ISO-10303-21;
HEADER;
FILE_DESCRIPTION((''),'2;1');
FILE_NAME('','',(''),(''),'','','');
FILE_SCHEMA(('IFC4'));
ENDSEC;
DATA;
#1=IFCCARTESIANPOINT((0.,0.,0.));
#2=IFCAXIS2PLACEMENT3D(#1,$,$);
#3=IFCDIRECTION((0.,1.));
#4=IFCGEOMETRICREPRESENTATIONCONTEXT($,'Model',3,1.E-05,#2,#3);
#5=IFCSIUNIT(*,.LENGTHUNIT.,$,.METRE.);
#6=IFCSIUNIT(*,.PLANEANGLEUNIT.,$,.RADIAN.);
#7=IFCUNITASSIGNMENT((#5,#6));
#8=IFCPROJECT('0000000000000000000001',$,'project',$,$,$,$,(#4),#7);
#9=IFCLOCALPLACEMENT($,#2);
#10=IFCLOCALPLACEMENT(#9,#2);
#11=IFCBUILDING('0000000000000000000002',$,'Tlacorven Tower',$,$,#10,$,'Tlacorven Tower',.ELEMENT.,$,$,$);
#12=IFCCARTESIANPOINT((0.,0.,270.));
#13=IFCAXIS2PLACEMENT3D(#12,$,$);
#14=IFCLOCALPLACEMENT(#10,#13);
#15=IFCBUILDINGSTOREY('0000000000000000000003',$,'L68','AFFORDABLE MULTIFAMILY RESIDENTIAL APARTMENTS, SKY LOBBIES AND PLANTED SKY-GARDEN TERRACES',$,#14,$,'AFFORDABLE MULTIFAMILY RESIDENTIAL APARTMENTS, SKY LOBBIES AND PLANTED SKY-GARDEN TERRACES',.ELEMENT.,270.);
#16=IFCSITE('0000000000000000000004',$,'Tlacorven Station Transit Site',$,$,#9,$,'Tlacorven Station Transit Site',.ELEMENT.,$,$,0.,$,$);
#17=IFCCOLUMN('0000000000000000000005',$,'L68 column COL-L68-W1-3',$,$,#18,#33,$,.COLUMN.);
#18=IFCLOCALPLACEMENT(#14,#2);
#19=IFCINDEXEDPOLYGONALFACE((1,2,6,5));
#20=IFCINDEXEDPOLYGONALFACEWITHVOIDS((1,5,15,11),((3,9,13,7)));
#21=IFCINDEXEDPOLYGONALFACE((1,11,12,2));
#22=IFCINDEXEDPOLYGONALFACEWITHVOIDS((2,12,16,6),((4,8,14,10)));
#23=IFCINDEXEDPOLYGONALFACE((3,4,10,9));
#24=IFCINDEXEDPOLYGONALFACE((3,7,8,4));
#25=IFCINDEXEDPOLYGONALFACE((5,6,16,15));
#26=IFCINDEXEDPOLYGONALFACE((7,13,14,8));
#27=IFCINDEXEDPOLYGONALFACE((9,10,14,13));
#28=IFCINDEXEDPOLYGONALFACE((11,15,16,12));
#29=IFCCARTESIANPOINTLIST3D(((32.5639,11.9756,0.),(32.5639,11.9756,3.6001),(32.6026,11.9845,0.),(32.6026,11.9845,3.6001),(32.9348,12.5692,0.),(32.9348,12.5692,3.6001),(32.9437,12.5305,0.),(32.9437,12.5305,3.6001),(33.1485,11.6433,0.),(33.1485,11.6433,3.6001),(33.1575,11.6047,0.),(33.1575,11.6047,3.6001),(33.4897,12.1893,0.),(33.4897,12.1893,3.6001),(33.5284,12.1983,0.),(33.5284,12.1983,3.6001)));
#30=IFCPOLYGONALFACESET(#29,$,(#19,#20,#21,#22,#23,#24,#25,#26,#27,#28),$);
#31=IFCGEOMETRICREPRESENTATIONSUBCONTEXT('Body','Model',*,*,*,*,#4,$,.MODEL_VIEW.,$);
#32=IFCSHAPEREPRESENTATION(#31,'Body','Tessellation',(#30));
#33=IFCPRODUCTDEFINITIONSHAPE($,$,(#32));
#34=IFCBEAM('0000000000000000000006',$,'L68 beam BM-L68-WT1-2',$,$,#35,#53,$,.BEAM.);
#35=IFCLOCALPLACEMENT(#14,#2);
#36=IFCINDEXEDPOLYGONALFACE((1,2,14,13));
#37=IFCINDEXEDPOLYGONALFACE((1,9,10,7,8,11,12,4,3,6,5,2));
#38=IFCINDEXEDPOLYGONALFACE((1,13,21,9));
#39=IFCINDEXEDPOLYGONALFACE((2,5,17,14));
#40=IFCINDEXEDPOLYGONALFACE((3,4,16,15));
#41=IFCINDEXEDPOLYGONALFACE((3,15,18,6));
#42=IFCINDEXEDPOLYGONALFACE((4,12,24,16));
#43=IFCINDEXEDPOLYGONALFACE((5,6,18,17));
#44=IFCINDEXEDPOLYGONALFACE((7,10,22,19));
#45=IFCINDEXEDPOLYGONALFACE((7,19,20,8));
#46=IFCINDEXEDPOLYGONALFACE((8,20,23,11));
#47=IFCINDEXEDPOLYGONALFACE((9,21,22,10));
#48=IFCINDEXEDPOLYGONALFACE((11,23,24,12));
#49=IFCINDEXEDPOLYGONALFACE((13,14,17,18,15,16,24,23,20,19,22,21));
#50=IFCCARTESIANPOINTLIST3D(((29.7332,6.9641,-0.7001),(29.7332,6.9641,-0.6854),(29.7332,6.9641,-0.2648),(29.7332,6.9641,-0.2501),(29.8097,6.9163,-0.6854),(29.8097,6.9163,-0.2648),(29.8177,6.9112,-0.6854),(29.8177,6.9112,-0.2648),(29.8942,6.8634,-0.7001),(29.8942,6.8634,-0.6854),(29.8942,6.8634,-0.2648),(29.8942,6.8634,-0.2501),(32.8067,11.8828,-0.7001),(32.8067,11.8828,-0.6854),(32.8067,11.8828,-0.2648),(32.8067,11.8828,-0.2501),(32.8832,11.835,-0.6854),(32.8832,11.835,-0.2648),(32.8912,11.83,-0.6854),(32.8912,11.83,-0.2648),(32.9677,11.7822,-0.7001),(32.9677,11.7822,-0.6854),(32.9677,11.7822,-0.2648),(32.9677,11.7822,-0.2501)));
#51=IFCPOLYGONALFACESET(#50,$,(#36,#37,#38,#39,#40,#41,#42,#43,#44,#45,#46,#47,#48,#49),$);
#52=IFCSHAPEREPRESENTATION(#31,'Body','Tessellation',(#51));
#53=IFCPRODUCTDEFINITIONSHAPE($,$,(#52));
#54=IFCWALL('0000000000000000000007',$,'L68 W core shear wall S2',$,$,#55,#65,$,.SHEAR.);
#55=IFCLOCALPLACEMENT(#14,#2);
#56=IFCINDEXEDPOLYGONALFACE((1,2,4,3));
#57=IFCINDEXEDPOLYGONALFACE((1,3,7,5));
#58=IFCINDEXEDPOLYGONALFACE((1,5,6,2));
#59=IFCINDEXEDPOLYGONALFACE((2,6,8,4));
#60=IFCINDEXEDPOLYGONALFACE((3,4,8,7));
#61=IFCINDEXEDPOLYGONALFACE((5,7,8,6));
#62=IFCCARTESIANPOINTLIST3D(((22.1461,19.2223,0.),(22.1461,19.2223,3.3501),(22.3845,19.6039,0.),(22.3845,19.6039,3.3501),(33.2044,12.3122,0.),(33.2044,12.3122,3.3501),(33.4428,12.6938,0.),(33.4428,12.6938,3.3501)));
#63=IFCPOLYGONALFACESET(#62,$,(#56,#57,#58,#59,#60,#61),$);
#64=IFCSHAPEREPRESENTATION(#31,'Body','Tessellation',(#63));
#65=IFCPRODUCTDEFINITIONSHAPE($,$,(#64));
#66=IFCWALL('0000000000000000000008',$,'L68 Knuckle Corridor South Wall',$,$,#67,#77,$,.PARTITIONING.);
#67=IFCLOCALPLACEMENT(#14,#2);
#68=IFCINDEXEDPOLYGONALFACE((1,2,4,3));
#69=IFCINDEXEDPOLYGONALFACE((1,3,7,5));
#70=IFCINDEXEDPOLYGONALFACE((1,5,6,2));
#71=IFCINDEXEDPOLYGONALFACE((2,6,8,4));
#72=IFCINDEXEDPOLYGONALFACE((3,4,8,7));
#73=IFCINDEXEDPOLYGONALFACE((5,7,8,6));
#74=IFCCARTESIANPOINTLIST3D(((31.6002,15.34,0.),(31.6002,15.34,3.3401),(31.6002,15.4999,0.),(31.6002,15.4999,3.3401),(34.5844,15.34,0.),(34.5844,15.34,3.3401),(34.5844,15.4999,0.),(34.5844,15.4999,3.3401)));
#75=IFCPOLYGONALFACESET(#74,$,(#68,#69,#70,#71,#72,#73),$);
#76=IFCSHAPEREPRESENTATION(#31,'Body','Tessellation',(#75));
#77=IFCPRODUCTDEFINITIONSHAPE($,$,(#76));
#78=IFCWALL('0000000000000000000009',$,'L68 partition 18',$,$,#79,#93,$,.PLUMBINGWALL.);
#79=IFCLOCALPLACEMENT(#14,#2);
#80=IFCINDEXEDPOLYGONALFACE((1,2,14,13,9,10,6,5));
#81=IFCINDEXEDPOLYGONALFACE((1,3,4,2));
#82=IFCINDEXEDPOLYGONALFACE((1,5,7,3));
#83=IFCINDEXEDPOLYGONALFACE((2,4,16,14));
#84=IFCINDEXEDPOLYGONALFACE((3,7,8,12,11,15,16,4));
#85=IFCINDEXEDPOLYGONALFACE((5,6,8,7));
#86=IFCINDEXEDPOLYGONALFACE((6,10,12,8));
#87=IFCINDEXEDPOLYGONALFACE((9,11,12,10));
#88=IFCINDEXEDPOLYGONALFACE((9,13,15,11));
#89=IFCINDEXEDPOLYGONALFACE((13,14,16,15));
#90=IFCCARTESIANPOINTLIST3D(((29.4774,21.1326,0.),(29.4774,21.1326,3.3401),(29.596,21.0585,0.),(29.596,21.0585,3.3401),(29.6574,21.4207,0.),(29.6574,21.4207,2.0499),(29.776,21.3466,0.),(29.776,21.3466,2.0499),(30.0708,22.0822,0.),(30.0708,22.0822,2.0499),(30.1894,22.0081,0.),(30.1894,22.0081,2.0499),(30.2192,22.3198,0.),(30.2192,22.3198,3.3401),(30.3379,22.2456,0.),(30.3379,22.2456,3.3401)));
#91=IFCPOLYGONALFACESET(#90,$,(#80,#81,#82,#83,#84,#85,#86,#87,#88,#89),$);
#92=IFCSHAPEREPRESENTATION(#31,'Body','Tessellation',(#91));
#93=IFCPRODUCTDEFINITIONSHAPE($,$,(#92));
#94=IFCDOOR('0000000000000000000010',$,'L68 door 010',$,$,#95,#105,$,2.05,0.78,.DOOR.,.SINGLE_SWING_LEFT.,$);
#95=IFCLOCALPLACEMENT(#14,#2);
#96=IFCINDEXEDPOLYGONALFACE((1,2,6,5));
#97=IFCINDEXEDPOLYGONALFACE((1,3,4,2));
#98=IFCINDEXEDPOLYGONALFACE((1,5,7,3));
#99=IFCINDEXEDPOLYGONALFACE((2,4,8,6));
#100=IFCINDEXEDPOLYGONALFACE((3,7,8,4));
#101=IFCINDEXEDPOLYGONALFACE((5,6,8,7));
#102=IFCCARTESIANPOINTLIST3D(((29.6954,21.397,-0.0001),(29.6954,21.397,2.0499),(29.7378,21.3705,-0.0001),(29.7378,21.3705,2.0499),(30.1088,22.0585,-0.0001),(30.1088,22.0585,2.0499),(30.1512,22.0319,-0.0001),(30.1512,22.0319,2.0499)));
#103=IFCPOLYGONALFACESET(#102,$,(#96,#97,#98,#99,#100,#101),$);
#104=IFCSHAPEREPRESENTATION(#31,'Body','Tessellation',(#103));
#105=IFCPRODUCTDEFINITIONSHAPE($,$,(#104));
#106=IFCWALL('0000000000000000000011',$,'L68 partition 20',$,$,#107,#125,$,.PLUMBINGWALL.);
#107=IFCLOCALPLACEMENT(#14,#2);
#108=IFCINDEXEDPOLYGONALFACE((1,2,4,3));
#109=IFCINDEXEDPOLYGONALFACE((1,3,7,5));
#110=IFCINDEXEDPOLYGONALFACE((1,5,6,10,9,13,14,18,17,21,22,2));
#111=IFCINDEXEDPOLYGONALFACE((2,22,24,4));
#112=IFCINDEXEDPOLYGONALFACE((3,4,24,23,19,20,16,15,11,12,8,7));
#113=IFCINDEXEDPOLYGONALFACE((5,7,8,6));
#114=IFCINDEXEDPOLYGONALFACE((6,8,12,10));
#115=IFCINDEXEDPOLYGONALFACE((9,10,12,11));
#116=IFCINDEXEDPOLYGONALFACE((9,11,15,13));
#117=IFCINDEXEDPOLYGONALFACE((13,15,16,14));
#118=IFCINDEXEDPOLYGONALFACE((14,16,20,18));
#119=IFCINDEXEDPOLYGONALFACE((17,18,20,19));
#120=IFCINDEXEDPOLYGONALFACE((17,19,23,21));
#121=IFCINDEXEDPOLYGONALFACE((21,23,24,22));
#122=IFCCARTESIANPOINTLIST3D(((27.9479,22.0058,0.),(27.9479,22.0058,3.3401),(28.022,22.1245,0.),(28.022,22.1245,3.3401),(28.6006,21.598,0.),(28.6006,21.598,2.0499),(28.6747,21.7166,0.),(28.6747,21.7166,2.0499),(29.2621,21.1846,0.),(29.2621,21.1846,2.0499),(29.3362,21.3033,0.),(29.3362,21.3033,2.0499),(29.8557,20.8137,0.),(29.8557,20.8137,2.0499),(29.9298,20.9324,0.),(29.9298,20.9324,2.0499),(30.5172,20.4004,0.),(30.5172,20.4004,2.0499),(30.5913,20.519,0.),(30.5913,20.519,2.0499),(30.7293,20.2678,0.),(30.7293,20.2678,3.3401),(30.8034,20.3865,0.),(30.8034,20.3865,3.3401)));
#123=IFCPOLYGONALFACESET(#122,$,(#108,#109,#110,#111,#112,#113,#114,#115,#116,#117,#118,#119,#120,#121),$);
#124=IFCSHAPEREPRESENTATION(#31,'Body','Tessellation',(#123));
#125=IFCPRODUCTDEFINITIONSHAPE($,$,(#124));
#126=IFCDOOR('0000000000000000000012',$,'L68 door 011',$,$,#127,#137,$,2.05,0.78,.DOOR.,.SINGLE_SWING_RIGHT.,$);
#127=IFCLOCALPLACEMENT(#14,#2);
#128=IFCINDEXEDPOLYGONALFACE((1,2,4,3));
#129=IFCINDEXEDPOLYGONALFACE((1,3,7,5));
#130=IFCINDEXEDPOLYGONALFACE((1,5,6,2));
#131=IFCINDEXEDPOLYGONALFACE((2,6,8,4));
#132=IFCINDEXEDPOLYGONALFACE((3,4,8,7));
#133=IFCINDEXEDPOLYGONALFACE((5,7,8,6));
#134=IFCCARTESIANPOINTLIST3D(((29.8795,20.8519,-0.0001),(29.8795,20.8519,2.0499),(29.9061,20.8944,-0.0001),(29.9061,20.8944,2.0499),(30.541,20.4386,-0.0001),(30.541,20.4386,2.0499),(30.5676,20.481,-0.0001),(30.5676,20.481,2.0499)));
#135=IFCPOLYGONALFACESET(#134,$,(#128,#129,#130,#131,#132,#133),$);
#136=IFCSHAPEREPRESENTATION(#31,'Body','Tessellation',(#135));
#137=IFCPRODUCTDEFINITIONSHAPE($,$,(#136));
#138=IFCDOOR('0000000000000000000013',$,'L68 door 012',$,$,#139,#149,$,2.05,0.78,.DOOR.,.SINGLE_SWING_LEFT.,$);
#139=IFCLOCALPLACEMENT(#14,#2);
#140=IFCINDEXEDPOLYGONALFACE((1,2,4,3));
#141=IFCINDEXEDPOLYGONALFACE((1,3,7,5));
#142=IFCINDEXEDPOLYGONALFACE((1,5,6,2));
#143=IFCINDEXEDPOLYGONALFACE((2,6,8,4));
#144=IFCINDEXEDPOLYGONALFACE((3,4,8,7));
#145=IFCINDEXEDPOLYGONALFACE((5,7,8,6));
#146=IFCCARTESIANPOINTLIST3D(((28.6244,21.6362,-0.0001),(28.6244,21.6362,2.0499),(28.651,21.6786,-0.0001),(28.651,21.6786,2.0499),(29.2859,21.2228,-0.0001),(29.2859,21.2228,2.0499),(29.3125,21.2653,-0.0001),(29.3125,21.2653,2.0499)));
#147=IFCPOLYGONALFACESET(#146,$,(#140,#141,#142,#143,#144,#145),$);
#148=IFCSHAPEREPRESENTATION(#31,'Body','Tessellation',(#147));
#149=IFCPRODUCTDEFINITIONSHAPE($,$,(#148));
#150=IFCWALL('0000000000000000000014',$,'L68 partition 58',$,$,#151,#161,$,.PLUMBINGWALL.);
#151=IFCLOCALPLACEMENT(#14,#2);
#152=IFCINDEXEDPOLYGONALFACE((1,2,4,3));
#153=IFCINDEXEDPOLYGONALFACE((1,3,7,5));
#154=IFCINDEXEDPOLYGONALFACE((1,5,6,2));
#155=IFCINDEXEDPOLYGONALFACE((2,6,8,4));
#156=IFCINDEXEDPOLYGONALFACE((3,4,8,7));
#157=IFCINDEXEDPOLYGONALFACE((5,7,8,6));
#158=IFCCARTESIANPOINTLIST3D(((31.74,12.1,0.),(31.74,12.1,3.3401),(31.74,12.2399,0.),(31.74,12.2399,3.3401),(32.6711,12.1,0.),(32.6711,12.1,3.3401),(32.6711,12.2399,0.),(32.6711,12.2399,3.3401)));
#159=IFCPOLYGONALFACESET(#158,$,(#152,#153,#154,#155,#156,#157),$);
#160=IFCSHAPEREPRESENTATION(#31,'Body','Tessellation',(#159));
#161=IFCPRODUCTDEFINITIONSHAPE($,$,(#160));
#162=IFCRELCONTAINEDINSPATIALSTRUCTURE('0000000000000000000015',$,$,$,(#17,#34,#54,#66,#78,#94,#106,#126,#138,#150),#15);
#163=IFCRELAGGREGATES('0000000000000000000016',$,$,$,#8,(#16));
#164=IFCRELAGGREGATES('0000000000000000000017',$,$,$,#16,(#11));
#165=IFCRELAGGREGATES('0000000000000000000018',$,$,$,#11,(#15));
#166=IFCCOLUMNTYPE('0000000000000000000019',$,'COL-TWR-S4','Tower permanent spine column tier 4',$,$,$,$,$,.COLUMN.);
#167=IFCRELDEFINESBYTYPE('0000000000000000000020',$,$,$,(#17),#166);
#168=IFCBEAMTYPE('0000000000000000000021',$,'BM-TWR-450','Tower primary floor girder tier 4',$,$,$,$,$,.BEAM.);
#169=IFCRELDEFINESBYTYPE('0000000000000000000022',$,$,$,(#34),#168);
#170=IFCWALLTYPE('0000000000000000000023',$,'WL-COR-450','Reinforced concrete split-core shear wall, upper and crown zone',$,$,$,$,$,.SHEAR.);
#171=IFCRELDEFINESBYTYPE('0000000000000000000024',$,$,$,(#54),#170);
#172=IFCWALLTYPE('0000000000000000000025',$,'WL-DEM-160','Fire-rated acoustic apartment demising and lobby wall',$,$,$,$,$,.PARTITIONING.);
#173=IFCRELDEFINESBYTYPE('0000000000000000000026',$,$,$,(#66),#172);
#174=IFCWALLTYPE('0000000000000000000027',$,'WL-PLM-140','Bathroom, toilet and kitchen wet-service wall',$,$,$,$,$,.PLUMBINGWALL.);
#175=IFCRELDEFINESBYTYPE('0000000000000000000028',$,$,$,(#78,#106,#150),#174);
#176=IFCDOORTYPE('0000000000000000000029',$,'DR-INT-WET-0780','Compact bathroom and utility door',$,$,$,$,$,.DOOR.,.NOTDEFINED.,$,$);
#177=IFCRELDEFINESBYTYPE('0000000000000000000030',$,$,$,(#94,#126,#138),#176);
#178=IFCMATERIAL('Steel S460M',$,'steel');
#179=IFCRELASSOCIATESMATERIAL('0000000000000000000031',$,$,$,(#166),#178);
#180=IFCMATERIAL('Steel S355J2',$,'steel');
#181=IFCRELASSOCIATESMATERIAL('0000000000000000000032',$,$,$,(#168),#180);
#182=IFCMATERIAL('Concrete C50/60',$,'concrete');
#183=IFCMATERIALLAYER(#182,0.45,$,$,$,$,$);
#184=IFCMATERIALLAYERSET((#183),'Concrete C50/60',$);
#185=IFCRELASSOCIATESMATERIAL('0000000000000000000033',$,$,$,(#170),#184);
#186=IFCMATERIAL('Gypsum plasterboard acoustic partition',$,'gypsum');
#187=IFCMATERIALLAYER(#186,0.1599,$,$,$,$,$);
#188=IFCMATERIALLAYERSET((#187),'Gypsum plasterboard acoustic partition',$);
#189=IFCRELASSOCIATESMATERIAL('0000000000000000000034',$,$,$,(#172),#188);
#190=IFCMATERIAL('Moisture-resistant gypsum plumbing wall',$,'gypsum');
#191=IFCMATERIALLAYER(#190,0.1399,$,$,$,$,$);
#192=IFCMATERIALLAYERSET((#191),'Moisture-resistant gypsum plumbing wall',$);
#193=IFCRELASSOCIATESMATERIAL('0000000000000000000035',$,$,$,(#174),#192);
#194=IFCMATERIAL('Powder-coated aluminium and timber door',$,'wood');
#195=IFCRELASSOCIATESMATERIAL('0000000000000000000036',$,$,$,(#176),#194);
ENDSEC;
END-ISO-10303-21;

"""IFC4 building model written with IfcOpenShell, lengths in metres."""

from ifc_helpers import new_model, si_unit, direction, frame, frame_2d, origin, origin_2d, place, context, subcontext, project, spatial, rectangle, hollow_rectangle, i_section, extrude, source, transform, mapped, material, layer, layer_set, material_profile, profile_set, type_object, element, fill, save


model = new_model("IFC4")

# Units and contexts
model_context = context("Model", 3, precision=1e-05, world=origin(), true_north=direction((0.0, 1.0)))
body_context = subcontext(model_context, "Body", "Model", "MODEL_VIEW")
ifc_project = project(units=[si_unit("LENGTHUNIT", "METRE"), si_unit("PLANEANGLEUNIT", "RADIAN")], contexts=[model_context])

# Site, building, storey
site_placement = place(None, origin())
site = spatial("IfcSite", under=ifc_project, at=site_placement, Name="Tlacorven Station Transit Site", LongName="Tlacorven Station Transit Site", CompositionType="ELEMENT", RefElevation=0.0)
building_placement = place(site_placement, origin())
building = spatial("IfcBuilding", under=site, at=building_placement, Name="Tlacorven Tower", LongName="Tlacorven Tower", CompositionType="ELEMENT")
storey_placement = place(building_placement, frame((0.0, 0.0, 270.0)))
storey = spatial("IfcBuildingStorey", under=building, at=storey_placement, Name="L68", Description="AFFORDABLE MULTIFAMILY RESIDENTIAL APARTMENTS, SKY LOBBIES AND PLANTED SKY-GARDEN TERRACES", LongName="AFFORDABLE MULTIFAMILY RESIDENTIAL APARTMENTS, SKY LOBBIES AND PLANTED SKY-GARDEN TERRACES", CompositionType="ELEMENT", Elevation=270.0)

# Column
ifc_material_1 = material(Name="Steel S460M", Category="steel")
ifc_material_profile_1 = material_profile(ifc_material_1, hollow_rectangle(XDim=0.7, YDim=0.7, WallThickness=0.0281, at=origin_2d()), Name="BOX 700X700X28")
ifc_profile_set_1 = profile_set([ifc_material_profile_1], Name="Steel S460M")
column_type = type_object("IfcColumnType", Name="COL-TWR-S4", Description="Tower permanent spine column tier 4", PredefinedType="COLUMN", material=ifc_profile_set_1)
shared_shape_1 = source(origin(), body_context, "Body", "SweptSolid", [
    extrude(hollow_rectangle(XDim=0.7, YDim=0.7, WallThickness=0.0281, at=origin_2d()), origin(), (0.0, 0.0, 1.0), 3.6001),
])
column_placement = place(storey_placement, frame((33.0461, 12.0869, 0.0), z_axis=(0.0, 0.0, 1.0), x_axis=(-0.848048, 0.529919, 0.0)))
element("IfcColumn", 1, at=column_placement, inside=storey, type_object=column_type, Name="L68 column COL-L68-W1-3", PredefinedType="COLUMN", context=body_context, shape_type="MappedRepresentation", body=[
    mapped(shared_shape_1, transform((0.0, 0.0, 0.0), scale=1.0)),
])

# Beam
ifc_material_2 = material(Name="Steel S355J2", Category="steel")
ifc_material_profile_2 = material_profile(ifc_material_2, i_section(OverallWidth=0.1899, OverallDepth=0.45, WebThickness=0.0095, FlangeThickness=0.0146, at=origin_2d()), Name="IPE 450")
ifc_profile_set_2 = profile_set([ifc_material_profile_2], Name="Steel S355J2")
beam_type = type_object("IfcBeamType", Name="BM-TWR-450", Description="Tower primary floor girder tier 4", PredefinedType="BEAM", material=ifc_profile_set_2)
shared_shape_2 = source(origin(), body_context, "Body", "SweptSolid", [
    extrude(i_section(OverallWidth=0.1899, OverallDepth=0.45, WebThickness=0.0095, FlangeThickness=0.0146, at=origin_2d()), origin(), (0.0, 0.0, 1.0), 5.8),
])
beam_placement = place(storey_placement, frame((32.8872, 11.8325, -0.4751), z_axis=(-0.529912, -0.848053, 0.0), x_axis=(0.848053, -0.529912, 0.0)))
element("IfcBeam", 2, at=beam_placement, inside=storey, type_object=beam_type, Name="L68 beam BM-L68-WT1-2", PredefinedType="BEAM", context=body_context, shape_type="MappedRepresentation", body=[
    mapped(shared_shape_2, transform((0.0, 0.0, 0.0), scale=1.0)),
])

# Walls
ifc_material_3 = material(Name="Concrete C50/60", Category="concrete")
ifc_layer_1 = layer(ifc_material_3, 0.45)
ifc_layer_set_1 = layer_set([ifc_layer_1], Name="Concrete C50/60")
wall_type_1 = type_object("IfcWallType", Name="WL-COR-450", Description="Reinforced concrete split-core shear wall, upper and crown zone", PredefinedType="SHEAR", material=ifc_layer_set_1)
wall_1_placement = place(storey_placement, frame((33.3237, 12.5029, 0.0), z_axis=(0.0, 0.0, 1.0), x_axis=(-0.848044, 0.529927, 0.0)))
element("IfcWall", 3, at=wall_1_placement, inside=storey, type_object=wall_type_1, Name="L68 W core shear wall S2", PredefinedType="SHEAR", context=body_context, shape_type="SweptSolid", body=[
    extrude(rectangle(XDim=13.0398, YDim=0.45, at=frame_2d((6.52, 0.0))), origin(), (0.0, 0.0, 1.0), 3.3501),
])
ifc_material_4 = material(Name="Gypsum plasterboard acoustic partition", Category="gypsum")
ifc_layer_2 = layer(ifc_material_4, 0.1599)
ifc_layer_set_2 = layer_set([ifc_layer_2], Name="Gypsum plasterboard acoustic partition")
wall_type_2 = type_object("IfcWallType", Name="WL-DEM-160", Description="Fire-rated acoustic apartment demising and lobby wall", PredefinedType="PARTITIONING", material=ifc_layer_set_2)
wall_2_placement = place(storey_placement, frame((31.6001, 15.4199, 0.0), z_axis=(0.0, 0.0, 1.0), x_axis=(1.0, 0.0, 0.0)))
element("IfcWall", 4, at=wall_2_placement, inside=storey, type_object=wall_type_2, Name="L68 Knuckle Corridor South Wall", PredefinedType="PARTITIONING", context=body_context, shape_type="SweptSolid", body=[
    extrude(rectangle(XDim=2.9841, YDim=0.1599, at=frame_2d((1.4922, 0.0))), origin(), (0.0, 0.0, 1.0), 3.3401),
])

# Wall, opening, door
ifc_material_5 = material(Name="Moisture-resistant gypsum plumbing wall", Category="gypsum")
ifc_layer_3 = layer(ifc_material_5, 0.1399)
ifc_layer_set_3 = layer_set([ifc_layer_3], Name="Moisture-resistant gypsum plumbing wall")
wall_type_3 = type_object("IfcWallType", Name="WL-PLM-140", Description="Bathroom, toilet and kitchen wet-service wall", PredefinedType="PLUMBINGWALL", material=ifc_layer_set_3)
wall_3_placement = place(storey_placement, frame((30.2786, 22.2827, 0.0), z_axis=(0.0, 0.0, 1.0), x_axis=(-0.529952, -0.848028, 0.0)))
wall_3 = element("IfcWall", 5, at=wall_3_placement, inside=storey, type_object=wall_type_3, Name="L68 partition 18", PredefinedType="PLUMBINGWALL", context=body_context, shape_type="SweptSolid", body=[
    extrude(rectangle(XDim=1.3999, YDim=0.1399, at=frame_2d((0.7, 0.0))), origin(), (0.0, 0.0, 1.0), 3.3401),
])
opening_1_placement = place(wall_3_placement, frame((0.28, 0.0, 0.0)))
opening_1 = element("IfcOpeningElement", 6, at=opening_1_placement, cuts=wall_3, PredefinedType="OPENING", context=body_context, shape_type="SweptSolid", body=[
    extrude(rectangle(XDim=0.78, YDim=2.05, at=frame_2d((0.3901, 1.0249))), frame((0.0, 0.0801, 0.0), z_axis=(0.0, -1.0, 0.0), x_axis=(1.0, 0.0, 0.0)), (0.0, 0.0, 1.0), 0.1599),
])
ifc_material_6 = material(Name="Powder-coated aluminium and timber door", Category="wood")
door_type_1 = type_object("IfcDoorType", Name="DR-INT-WET-0780", Description="Compact bathroom and utility door", OperationType="NOTDEFINED", PredefinedType="DOOR", material=ifc_material_6)
shared_shape_3 = source(origin(), body_context, "Body", "SweptSolid", [
    extrude(rectangle(XDim=0.78, YDim=2.05, at=frame_2d((0.3901, 1.0249))), frame((0.0, 0.0249, 0.0), z_axis=(0.0, -1.0, 0.0), x_axis=(1.0, 0.0, 0.0)), (0.0, 0.0, 1.0), 0.05),
])
door_1_placement = place(opening_1_placement, origin())
door_1 = element("IfcDoor", 7, at=door_1_placement, inside=storey, type_object=door_type_1, Name="L68 door 010", OperationType="SINGLE_SWING_LEFT", OverallHeight=2.05, OverallWidth=0.78, PredefinedType="DOOR", context=body_context, shape_type="MappedRepresentation", body=[
    mapped(shared_shape_3, transform((0.0, 0.0, 0.0), scale=1.0)),
])
fill(opening_1, door_1)

# Wall, openings, doors
wall_4_placement = place(storey_placement, frame((30.7664, 20.3271, 0.0), z_axis=(0.0, 0.0, 1.0), x_axis=(-0.848053, 0.529912, 0.0)))
wall_4 = element("IfcWall", 8, at=wall_4_placement, inside=storey, type_object=wall_type_3, Name="L68 partition 20", PredefinedType="PLUMBINGWALL", context=body_context, shape_type="SweptSolid", body=[
    extrude(rectangle(XDim=3.2798, YDim=0.1399, at=frame_2d((1.6399, 0.0))), origin(), (0.0, 0.0, 1.0), 3.3401),
])
opening_2_placement = place(wall_4_placement, frame((0.25, 0.0, 0.0)))
opening_2 = element("IfcOpeningElement", 9, at=opening_2_placement, cuts=wall_4, PredefinedType="OPENING", context=body_context, shape_type="SweptSolid", body=[
    extrude(rectangle(XDim=0.78, YDim=2.05, at=frame_2d((0.3901, 1.0249))), frame((0.0, 0.0801, 0.0), z_axis=(0.0, -1.0, 0.0), x_axis=(1.0, 0.0, 0.0)), (0.0, 0.0, 1.0), 0.1599),
])
opening_3_placement = place(wall_4_placement, frame((1.73, 0.0, 0.0)))
opening_3 = element("IfcOpeningElement", 10, at=opening_3_placement, cuts=wall_4, PredefinedType="OPENING", context=body_context, shape_type="SweptSolid", body=[
    extrude(rectangle(XDim=0.78, YDim=2.05, at=frame_2d((0.3901, 1.0249))), frame((0.0, 0.0801, 0.0), z_axis=(0.0, -1.0, 0.0), x_axis=(1.0, 0.0, 0.0)), (0.0, 0.0, 1.0), 0.1599),
])
door_2_placement = place(opening_2_placement, origin())
door_2 = element("IfcDoor", 11, at=door_2_placement, inside=storey, type_object=door_type_1, Name="L68 door 011", OperationType="SINGLE_SWING_RIGHT", OverallHeight=2.05, OverallWidth=0.78, PredefinedType="DOOR", context=body_context, shape_type="MappedRepresentation", body=[
    mapped(shared_shape_3, transform((0.0, 0.0, 0.0), scale=1.0)),
])
fill(opening_2, door_2)
door_3_placement = place(opening_3_placement, origin())
door_3 = element("IfcDoor", 12, at=door_3_placement, inside=storey, type_object=door_type_1, Name="L68 door 012", OperationType="SINGLE_SWING_LEFT", OverallHeight=2.05, OverallWidth=0.78, PredefinedType="DOOR", context=body_context, shape_type="MappedRepresentation", body=[
    mapped(shared_shape_3, transform((0.0, 0.0, 0.0), scale=1.0)),
])
fill(opening_3, door_3)

# Wall
wall_5_placement = place(storey_placement, frame((31.74, 12.1699, 0.0), z_axis=(0.0, 0.0, 1.0), x_axis=(1.0, 0.0, 0.0)))
element("IfcWall", 13, at=wall_5_placement, inside=storey, type_object=wall_type_3, Name="L68 partition 58", PredefinedType="PLUMBINGWALL", context=body_context, shape_type="SweptSolid", body=[
    extrude(rectangle(XDim=0.9312, YDim=0.1399, at=frame_2d((0.4656, 0.0))), origin(), (0.0, 0.0, 1.0), 3.3401),
])

save(model, "model.ifc")
